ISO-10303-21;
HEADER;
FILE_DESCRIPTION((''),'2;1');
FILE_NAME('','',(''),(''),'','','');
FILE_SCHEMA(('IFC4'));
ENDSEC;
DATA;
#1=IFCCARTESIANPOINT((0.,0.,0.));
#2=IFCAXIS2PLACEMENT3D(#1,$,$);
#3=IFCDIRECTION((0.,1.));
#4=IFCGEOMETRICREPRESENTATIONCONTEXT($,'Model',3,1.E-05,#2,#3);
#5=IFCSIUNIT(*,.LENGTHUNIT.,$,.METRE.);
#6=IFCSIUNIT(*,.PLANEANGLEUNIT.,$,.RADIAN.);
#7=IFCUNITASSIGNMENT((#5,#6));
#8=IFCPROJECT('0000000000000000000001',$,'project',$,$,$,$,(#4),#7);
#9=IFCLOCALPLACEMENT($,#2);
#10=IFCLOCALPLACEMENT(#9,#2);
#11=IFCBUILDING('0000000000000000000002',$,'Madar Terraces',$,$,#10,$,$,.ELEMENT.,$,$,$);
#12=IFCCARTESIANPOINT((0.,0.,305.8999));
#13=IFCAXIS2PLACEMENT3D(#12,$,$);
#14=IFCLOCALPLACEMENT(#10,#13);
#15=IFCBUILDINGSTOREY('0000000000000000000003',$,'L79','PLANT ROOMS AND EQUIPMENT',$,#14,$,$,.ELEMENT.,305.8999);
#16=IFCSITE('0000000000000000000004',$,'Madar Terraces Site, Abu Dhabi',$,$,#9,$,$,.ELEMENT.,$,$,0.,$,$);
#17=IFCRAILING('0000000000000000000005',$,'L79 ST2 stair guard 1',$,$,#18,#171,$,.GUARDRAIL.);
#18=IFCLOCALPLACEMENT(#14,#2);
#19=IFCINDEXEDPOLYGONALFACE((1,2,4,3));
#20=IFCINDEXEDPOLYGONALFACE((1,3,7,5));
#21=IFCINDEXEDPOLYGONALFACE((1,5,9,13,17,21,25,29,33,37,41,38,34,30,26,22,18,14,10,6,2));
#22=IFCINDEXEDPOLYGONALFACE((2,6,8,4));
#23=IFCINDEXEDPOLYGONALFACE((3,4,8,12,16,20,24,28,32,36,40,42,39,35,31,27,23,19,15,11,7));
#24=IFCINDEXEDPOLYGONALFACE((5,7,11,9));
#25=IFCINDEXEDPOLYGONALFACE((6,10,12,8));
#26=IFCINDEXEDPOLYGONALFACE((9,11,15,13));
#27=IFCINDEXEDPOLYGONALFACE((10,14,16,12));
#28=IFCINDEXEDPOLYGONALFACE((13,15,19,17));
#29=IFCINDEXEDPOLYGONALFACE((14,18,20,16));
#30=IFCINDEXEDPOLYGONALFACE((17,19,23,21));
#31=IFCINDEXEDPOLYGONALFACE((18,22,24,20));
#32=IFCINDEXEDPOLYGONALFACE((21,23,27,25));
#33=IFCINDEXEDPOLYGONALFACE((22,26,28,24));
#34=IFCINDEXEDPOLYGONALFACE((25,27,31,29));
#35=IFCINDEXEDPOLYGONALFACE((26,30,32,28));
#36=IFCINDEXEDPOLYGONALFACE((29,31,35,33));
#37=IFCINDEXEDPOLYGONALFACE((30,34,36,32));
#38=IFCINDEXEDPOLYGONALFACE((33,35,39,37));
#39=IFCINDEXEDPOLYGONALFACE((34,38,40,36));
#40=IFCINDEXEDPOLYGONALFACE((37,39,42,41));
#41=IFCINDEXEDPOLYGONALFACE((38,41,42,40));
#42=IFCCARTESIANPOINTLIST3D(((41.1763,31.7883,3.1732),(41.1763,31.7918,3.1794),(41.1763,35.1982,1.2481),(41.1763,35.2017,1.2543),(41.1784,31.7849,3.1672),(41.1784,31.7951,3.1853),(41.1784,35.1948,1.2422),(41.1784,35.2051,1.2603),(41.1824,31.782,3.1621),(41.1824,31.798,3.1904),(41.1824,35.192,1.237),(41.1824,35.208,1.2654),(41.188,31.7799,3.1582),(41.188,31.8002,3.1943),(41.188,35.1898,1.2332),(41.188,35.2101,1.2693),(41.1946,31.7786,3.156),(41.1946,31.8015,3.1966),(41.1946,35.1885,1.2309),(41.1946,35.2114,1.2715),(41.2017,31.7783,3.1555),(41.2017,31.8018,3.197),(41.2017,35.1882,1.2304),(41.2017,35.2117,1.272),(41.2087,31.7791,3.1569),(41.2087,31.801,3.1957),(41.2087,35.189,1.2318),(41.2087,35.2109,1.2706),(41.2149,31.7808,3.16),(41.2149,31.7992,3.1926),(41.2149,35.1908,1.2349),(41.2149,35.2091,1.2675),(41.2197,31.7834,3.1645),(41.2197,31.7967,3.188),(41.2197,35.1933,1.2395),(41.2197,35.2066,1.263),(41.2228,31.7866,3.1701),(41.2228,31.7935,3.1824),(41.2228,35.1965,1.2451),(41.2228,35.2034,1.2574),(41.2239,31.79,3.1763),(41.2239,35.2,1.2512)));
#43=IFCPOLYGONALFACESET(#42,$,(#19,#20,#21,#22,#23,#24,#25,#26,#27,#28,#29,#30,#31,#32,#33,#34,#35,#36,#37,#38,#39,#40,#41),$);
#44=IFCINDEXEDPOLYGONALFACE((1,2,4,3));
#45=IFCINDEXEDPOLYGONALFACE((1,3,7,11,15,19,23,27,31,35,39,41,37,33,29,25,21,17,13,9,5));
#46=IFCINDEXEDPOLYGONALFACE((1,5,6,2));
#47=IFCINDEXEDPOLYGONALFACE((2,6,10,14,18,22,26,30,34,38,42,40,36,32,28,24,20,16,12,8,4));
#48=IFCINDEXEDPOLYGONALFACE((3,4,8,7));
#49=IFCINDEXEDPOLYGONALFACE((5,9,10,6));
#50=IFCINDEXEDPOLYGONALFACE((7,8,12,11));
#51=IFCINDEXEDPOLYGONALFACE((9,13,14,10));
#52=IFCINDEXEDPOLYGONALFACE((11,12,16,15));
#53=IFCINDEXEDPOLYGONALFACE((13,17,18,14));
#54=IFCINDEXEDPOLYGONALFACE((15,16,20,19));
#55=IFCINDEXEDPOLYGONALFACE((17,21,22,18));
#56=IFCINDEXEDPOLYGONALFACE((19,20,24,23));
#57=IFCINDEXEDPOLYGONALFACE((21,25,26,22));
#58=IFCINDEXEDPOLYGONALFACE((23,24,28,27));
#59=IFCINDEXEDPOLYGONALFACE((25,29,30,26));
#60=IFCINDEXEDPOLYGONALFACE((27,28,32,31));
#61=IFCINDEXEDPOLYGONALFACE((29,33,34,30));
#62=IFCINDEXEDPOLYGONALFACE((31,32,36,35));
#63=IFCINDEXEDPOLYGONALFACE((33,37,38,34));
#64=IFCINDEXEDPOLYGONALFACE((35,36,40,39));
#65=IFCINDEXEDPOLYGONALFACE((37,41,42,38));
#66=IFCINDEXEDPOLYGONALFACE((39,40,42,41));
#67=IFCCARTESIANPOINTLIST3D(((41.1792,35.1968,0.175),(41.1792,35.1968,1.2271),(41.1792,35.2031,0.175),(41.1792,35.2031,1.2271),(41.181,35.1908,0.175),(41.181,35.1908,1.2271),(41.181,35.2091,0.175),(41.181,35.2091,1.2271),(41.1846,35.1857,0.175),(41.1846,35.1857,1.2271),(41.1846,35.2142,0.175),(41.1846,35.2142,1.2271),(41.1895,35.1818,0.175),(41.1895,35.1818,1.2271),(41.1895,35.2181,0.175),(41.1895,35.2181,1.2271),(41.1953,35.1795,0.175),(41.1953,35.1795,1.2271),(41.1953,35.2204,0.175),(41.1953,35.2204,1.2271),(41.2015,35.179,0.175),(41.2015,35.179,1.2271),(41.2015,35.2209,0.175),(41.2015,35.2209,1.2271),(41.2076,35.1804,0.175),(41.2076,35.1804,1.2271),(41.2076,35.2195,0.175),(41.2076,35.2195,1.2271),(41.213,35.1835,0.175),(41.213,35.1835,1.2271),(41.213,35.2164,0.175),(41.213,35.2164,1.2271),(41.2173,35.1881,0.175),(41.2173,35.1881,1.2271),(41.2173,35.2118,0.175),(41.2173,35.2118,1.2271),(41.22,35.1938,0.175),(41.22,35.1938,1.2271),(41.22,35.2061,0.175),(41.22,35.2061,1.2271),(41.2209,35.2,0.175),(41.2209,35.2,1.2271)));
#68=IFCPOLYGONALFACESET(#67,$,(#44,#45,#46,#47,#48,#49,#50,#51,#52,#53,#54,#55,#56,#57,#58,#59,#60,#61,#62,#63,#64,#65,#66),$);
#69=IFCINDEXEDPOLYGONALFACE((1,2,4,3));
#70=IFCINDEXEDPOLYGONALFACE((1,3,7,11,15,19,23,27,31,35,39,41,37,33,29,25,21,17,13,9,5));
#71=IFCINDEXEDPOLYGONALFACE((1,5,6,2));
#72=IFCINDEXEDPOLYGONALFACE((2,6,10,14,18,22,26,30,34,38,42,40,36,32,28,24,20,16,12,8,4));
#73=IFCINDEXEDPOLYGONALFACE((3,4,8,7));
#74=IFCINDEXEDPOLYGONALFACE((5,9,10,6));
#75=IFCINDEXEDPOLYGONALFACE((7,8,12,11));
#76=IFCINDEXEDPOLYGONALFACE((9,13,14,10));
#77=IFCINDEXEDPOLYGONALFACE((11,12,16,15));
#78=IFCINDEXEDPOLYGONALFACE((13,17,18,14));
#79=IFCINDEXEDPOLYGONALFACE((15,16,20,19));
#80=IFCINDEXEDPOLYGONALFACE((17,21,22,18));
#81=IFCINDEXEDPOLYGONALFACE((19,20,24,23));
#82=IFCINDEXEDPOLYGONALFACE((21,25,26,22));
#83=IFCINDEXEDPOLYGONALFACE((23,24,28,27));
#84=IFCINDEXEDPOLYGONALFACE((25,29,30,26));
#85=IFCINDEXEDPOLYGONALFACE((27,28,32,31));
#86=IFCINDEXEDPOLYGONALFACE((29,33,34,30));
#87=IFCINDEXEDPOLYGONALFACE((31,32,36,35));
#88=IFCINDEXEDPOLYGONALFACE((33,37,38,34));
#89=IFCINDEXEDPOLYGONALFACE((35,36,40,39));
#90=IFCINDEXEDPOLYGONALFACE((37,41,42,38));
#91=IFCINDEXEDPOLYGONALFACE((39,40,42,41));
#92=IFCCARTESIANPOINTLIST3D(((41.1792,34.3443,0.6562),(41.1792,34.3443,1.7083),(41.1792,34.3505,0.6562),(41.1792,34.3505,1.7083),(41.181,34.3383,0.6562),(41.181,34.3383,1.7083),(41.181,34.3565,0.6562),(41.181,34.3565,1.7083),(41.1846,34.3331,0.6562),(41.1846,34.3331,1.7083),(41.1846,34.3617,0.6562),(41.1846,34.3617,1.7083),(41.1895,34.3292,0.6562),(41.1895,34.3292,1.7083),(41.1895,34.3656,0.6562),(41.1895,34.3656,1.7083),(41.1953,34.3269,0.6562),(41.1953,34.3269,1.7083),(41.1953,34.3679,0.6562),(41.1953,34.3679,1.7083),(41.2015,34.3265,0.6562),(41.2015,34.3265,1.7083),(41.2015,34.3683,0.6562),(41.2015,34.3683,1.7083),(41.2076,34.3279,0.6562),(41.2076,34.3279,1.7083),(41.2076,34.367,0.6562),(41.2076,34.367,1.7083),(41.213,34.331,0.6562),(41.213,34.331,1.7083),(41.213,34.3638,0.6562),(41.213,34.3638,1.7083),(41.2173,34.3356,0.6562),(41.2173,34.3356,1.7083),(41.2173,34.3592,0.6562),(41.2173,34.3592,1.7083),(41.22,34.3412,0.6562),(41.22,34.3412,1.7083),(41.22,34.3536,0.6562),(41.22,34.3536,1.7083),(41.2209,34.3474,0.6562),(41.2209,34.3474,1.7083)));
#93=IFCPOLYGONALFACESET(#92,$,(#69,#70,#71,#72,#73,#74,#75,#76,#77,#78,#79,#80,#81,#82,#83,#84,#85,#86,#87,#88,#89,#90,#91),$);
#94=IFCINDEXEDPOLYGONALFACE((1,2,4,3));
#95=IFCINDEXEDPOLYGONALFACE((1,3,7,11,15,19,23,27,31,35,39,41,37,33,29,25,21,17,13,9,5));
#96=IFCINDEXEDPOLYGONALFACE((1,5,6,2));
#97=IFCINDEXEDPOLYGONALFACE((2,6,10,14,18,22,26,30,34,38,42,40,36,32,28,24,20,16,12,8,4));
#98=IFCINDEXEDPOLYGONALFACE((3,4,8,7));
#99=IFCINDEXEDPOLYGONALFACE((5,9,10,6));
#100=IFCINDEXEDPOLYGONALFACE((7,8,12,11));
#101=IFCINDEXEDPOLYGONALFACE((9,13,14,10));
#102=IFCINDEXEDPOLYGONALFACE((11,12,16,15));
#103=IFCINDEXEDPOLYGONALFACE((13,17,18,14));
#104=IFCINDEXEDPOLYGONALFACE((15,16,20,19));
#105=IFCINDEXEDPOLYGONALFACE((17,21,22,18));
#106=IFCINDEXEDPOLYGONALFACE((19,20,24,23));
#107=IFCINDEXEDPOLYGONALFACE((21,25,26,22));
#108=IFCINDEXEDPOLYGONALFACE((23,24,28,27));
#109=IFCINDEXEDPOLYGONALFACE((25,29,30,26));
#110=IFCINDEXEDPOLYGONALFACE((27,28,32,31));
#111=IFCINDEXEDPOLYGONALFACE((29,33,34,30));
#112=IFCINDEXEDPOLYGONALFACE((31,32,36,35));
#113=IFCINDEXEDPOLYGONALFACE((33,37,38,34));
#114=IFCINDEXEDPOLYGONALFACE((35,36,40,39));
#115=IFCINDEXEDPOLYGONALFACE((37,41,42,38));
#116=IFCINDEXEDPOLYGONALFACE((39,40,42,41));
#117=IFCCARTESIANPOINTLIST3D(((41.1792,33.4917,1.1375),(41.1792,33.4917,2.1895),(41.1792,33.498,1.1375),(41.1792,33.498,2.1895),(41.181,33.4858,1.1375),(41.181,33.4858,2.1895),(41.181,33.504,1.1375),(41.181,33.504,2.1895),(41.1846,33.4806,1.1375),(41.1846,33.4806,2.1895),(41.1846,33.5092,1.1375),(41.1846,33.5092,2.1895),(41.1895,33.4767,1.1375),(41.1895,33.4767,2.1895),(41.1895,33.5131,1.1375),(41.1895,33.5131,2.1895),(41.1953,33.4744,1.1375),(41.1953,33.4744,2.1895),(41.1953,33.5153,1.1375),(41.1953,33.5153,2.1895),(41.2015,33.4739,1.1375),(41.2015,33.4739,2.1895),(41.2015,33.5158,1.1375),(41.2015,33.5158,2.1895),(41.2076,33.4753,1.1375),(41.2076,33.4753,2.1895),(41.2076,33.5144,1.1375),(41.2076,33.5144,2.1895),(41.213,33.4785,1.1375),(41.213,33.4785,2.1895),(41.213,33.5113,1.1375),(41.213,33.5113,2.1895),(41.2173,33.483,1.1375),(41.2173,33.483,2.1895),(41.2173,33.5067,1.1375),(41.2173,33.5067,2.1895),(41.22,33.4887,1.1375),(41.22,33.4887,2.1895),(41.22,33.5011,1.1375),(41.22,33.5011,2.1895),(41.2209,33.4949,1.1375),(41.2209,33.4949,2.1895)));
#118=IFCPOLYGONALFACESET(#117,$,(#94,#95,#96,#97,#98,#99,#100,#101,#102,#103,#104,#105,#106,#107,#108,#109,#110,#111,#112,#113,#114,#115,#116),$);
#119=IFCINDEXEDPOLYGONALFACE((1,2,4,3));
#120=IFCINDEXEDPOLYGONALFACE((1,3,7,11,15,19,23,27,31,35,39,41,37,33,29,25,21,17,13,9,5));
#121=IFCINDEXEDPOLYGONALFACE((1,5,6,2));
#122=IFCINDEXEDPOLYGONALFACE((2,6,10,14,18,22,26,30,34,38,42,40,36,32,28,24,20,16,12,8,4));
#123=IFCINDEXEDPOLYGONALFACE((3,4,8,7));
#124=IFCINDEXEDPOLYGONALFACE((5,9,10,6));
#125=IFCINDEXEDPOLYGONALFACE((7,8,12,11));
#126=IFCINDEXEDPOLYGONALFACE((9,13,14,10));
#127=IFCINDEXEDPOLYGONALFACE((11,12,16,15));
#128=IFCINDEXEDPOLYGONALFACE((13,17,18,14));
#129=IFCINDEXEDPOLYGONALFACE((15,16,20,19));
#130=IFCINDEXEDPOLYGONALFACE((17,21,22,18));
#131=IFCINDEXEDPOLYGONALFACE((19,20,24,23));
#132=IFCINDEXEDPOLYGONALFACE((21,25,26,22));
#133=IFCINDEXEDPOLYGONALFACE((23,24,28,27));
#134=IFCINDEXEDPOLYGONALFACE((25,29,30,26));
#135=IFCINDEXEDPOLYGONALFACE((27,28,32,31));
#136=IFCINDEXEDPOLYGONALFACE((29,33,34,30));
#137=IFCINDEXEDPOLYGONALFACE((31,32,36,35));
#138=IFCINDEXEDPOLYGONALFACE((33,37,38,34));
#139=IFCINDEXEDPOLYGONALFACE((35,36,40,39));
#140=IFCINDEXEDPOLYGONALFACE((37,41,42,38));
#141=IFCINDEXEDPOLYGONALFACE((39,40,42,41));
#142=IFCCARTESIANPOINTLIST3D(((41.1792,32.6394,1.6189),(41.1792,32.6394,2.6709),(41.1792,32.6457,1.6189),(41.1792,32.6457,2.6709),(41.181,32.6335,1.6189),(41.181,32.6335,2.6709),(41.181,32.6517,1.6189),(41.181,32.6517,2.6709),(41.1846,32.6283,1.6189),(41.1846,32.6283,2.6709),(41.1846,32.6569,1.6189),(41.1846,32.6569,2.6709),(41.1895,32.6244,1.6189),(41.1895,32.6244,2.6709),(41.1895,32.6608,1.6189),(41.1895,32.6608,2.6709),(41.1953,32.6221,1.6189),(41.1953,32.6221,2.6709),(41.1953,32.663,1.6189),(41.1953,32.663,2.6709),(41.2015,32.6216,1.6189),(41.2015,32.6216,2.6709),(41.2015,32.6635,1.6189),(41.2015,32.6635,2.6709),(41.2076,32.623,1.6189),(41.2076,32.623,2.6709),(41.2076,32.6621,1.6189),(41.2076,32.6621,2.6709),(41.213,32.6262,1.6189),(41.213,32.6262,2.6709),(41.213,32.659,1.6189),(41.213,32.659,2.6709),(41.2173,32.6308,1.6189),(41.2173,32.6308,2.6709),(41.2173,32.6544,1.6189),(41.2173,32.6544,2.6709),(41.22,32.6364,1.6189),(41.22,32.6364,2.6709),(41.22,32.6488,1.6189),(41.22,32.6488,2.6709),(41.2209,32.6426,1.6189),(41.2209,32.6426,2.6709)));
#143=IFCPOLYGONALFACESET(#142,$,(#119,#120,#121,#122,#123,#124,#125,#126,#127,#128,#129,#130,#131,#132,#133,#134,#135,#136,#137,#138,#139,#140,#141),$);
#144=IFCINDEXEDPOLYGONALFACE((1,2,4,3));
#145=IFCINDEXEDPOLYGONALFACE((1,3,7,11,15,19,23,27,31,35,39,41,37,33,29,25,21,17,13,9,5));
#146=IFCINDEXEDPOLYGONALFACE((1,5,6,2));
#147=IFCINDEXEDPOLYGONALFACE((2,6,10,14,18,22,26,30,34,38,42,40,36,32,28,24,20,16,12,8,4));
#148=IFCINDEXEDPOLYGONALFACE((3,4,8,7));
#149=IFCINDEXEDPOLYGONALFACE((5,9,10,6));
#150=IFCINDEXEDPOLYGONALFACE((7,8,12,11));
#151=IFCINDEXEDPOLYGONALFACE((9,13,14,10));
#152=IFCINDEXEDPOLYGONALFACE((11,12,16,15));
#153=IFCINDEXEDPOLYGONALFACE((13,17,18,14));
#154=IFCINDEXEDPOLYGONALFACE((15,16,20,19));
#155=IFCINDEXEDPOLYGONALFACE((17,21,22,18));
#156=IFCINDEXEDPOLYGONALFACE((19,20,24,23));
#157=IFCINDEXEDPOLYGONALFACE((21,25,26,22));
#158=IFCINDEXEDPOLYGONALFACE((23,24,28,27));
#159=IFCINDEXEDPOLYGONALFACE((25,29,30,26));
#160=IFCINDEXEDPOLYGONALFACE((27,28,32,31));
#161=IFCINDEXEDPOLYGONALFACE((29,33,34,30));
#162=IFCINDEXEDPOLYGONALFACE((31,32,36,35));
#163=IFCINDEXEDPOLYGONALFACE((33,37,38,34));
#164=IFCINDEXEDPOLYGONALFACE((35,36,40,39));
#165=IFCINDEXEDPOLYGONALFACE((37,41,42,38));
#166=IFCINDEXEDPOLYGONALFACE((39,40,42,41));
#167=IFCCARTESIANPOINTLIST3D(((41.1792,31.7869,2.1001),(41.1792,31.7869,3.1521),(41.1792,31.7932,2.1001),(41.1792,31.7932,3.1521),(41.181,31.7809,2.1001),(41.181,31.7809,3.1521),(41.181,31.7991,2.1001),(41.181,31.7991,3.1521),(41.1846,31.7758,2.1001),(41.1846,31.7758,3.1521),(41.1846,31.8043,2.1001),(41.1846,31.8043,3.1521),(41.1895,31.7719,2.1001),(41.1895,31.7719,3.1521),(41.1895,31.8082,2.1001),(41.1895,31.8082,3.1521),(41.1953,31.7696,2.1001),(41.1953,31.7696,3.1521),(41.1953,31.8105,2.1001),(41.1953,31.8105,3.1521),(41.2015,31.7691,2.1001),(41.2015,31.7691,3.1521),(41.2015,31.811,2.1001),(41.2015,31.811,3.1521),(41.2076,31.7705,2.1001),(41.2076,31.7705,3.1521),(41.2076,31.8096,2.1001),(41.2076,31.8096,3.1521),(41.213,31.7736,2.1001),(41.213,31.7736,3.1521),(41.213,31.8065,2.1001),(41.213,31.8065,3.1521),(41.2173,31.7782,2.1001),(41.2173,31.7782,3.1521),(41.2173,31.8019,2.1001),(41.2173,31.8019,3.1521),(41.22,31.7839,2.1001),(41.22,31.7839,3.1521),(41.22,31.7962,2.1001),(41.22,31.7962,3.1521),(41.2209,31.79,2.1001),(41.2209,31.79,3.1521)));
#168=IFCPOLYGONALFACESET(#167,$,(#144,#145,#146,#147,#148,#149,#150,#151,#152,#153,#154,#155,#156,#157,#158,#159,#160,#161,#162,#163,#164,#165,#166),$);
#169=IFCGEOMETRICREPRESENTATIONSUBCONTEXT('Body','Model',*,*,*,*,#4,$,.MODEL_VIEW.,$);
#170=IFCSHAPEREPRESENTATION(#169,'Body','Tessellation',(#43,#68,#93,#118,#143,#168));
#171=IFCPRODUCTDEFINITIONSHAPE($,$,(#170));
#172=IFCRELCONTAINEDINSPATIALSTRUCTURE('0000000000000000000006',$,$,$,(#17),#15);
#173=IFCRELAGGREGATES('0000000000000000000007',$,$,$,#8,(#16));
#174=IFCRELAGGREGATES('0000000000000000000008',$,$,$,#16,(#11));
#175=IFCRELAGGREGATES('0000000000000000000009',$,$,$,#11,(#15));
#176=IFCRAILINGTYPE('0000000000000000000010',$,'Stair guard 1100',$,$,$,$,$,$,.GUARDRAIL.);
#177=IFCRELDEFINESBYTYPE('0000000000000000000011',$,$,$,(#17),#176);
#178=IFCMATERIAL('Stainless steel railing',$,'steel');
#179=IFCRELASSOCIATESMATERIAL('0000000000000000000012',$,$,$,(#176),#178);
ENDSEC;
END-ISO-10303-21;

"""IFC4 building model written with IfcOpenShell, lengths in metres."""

from ifc_helpers import new_model, si_unit, direction, frame, origin, origin_2d, place, context, subcontext, project, spatial, circle, extrude, material, type_object, element, save


model = new_model("IFC4")

# Units and contexts
model_context = context("Model", 3, precision=1e-05, world=origin(), true_north=direction((0.0, 1.0)))
body_context = subcontext(model_context, "Body", "Model", "MODEL_VIEW")
ifc_project = project(units=[si_unit("LENGTHUNIT", "METRE"), si_unit("PLANEANGLEUNIT", "RADIAN")], contexts=[model_context])

# Site, building, storey
site_placement = place(None, origin())
site = spatial("IfcSite", under=ifc_project, at=site_placement, Name="Madar Terraces Site, Abu Dhabi", CompositionType="ELEMENT", RefElevation=0.0)
building_placement = place(site_placement, origin())
building = spatial("IfcBuilding", under=site, at=building_placement, Name="Madar Terraces", CompositionType="ELEMENT")
storey_placement = place(building_placement, frame((0.0, 0.0, 305.8999)))
storey = spatial("IfcBuildingStorey", under=building, at=storey_placement, Name="L79", Description="PLANT ROOMS AND EQUIPMENT", CompositionType="ELEMENT", Elevation=305.8999)

# Railing
ifc_material_1 = material(Name="Stainless steel railing", Category="steel")
railing_type_1 = type_object("IfcRailingType", Name="Stair guard 1100", PredefinedType="GUARDRAIL", material=ifc_material_1)
railing_1_placement = place(storey_placement, frame((41.2, 35.2, 0.175)))
element("IfcRailing", 1, at=railing_1_placement, inside=storey, type_object=railing_type_1, Name="L79 ST2 stair guard 1", PredefinedType="GUARDRAIL", context=body_context, shape_type="SweptSolid", body=[
    extrude(circle(Radius=0.0239, at=origin_2d()), frame((0.0, 0.0, 1.0762), z_axis=(0.0, -0.870814, 0.491613), x_axis=(1.0, 0.0, 0.0)), (0.0, 0.0, 1.0), 3.9158),
    extrude(circle(Radius=0.021, at=origin_2d()), origin(), (0.0, 0.0, 1.0), 1.052),
    extrude(circle(Radius=0.021, at=origin_2d()), frame((0.0, -0.8525, 0.4812)), (0.0, 0.0, 1.0), 1.052),
    extrude(circle(Radius=0.021, at=origin_2d()), frame((0.0, -1.7051, 0.9624)), (0.0, 0.0, 1.0), 1.052),
    extrude(circle(Radius=0.021, at=origin_2d()), frame((0.0, -2.5574, 1.4438)), (0.0, 0.0, 1.0), 1.052),
    extrude(circle(Radius=0.021, at=origin_2d()), frame((0.0, -3.4099, 1.925)), (0.0, 0.0, 1.0), 1.052),
])

save(model, "model.ifc")
